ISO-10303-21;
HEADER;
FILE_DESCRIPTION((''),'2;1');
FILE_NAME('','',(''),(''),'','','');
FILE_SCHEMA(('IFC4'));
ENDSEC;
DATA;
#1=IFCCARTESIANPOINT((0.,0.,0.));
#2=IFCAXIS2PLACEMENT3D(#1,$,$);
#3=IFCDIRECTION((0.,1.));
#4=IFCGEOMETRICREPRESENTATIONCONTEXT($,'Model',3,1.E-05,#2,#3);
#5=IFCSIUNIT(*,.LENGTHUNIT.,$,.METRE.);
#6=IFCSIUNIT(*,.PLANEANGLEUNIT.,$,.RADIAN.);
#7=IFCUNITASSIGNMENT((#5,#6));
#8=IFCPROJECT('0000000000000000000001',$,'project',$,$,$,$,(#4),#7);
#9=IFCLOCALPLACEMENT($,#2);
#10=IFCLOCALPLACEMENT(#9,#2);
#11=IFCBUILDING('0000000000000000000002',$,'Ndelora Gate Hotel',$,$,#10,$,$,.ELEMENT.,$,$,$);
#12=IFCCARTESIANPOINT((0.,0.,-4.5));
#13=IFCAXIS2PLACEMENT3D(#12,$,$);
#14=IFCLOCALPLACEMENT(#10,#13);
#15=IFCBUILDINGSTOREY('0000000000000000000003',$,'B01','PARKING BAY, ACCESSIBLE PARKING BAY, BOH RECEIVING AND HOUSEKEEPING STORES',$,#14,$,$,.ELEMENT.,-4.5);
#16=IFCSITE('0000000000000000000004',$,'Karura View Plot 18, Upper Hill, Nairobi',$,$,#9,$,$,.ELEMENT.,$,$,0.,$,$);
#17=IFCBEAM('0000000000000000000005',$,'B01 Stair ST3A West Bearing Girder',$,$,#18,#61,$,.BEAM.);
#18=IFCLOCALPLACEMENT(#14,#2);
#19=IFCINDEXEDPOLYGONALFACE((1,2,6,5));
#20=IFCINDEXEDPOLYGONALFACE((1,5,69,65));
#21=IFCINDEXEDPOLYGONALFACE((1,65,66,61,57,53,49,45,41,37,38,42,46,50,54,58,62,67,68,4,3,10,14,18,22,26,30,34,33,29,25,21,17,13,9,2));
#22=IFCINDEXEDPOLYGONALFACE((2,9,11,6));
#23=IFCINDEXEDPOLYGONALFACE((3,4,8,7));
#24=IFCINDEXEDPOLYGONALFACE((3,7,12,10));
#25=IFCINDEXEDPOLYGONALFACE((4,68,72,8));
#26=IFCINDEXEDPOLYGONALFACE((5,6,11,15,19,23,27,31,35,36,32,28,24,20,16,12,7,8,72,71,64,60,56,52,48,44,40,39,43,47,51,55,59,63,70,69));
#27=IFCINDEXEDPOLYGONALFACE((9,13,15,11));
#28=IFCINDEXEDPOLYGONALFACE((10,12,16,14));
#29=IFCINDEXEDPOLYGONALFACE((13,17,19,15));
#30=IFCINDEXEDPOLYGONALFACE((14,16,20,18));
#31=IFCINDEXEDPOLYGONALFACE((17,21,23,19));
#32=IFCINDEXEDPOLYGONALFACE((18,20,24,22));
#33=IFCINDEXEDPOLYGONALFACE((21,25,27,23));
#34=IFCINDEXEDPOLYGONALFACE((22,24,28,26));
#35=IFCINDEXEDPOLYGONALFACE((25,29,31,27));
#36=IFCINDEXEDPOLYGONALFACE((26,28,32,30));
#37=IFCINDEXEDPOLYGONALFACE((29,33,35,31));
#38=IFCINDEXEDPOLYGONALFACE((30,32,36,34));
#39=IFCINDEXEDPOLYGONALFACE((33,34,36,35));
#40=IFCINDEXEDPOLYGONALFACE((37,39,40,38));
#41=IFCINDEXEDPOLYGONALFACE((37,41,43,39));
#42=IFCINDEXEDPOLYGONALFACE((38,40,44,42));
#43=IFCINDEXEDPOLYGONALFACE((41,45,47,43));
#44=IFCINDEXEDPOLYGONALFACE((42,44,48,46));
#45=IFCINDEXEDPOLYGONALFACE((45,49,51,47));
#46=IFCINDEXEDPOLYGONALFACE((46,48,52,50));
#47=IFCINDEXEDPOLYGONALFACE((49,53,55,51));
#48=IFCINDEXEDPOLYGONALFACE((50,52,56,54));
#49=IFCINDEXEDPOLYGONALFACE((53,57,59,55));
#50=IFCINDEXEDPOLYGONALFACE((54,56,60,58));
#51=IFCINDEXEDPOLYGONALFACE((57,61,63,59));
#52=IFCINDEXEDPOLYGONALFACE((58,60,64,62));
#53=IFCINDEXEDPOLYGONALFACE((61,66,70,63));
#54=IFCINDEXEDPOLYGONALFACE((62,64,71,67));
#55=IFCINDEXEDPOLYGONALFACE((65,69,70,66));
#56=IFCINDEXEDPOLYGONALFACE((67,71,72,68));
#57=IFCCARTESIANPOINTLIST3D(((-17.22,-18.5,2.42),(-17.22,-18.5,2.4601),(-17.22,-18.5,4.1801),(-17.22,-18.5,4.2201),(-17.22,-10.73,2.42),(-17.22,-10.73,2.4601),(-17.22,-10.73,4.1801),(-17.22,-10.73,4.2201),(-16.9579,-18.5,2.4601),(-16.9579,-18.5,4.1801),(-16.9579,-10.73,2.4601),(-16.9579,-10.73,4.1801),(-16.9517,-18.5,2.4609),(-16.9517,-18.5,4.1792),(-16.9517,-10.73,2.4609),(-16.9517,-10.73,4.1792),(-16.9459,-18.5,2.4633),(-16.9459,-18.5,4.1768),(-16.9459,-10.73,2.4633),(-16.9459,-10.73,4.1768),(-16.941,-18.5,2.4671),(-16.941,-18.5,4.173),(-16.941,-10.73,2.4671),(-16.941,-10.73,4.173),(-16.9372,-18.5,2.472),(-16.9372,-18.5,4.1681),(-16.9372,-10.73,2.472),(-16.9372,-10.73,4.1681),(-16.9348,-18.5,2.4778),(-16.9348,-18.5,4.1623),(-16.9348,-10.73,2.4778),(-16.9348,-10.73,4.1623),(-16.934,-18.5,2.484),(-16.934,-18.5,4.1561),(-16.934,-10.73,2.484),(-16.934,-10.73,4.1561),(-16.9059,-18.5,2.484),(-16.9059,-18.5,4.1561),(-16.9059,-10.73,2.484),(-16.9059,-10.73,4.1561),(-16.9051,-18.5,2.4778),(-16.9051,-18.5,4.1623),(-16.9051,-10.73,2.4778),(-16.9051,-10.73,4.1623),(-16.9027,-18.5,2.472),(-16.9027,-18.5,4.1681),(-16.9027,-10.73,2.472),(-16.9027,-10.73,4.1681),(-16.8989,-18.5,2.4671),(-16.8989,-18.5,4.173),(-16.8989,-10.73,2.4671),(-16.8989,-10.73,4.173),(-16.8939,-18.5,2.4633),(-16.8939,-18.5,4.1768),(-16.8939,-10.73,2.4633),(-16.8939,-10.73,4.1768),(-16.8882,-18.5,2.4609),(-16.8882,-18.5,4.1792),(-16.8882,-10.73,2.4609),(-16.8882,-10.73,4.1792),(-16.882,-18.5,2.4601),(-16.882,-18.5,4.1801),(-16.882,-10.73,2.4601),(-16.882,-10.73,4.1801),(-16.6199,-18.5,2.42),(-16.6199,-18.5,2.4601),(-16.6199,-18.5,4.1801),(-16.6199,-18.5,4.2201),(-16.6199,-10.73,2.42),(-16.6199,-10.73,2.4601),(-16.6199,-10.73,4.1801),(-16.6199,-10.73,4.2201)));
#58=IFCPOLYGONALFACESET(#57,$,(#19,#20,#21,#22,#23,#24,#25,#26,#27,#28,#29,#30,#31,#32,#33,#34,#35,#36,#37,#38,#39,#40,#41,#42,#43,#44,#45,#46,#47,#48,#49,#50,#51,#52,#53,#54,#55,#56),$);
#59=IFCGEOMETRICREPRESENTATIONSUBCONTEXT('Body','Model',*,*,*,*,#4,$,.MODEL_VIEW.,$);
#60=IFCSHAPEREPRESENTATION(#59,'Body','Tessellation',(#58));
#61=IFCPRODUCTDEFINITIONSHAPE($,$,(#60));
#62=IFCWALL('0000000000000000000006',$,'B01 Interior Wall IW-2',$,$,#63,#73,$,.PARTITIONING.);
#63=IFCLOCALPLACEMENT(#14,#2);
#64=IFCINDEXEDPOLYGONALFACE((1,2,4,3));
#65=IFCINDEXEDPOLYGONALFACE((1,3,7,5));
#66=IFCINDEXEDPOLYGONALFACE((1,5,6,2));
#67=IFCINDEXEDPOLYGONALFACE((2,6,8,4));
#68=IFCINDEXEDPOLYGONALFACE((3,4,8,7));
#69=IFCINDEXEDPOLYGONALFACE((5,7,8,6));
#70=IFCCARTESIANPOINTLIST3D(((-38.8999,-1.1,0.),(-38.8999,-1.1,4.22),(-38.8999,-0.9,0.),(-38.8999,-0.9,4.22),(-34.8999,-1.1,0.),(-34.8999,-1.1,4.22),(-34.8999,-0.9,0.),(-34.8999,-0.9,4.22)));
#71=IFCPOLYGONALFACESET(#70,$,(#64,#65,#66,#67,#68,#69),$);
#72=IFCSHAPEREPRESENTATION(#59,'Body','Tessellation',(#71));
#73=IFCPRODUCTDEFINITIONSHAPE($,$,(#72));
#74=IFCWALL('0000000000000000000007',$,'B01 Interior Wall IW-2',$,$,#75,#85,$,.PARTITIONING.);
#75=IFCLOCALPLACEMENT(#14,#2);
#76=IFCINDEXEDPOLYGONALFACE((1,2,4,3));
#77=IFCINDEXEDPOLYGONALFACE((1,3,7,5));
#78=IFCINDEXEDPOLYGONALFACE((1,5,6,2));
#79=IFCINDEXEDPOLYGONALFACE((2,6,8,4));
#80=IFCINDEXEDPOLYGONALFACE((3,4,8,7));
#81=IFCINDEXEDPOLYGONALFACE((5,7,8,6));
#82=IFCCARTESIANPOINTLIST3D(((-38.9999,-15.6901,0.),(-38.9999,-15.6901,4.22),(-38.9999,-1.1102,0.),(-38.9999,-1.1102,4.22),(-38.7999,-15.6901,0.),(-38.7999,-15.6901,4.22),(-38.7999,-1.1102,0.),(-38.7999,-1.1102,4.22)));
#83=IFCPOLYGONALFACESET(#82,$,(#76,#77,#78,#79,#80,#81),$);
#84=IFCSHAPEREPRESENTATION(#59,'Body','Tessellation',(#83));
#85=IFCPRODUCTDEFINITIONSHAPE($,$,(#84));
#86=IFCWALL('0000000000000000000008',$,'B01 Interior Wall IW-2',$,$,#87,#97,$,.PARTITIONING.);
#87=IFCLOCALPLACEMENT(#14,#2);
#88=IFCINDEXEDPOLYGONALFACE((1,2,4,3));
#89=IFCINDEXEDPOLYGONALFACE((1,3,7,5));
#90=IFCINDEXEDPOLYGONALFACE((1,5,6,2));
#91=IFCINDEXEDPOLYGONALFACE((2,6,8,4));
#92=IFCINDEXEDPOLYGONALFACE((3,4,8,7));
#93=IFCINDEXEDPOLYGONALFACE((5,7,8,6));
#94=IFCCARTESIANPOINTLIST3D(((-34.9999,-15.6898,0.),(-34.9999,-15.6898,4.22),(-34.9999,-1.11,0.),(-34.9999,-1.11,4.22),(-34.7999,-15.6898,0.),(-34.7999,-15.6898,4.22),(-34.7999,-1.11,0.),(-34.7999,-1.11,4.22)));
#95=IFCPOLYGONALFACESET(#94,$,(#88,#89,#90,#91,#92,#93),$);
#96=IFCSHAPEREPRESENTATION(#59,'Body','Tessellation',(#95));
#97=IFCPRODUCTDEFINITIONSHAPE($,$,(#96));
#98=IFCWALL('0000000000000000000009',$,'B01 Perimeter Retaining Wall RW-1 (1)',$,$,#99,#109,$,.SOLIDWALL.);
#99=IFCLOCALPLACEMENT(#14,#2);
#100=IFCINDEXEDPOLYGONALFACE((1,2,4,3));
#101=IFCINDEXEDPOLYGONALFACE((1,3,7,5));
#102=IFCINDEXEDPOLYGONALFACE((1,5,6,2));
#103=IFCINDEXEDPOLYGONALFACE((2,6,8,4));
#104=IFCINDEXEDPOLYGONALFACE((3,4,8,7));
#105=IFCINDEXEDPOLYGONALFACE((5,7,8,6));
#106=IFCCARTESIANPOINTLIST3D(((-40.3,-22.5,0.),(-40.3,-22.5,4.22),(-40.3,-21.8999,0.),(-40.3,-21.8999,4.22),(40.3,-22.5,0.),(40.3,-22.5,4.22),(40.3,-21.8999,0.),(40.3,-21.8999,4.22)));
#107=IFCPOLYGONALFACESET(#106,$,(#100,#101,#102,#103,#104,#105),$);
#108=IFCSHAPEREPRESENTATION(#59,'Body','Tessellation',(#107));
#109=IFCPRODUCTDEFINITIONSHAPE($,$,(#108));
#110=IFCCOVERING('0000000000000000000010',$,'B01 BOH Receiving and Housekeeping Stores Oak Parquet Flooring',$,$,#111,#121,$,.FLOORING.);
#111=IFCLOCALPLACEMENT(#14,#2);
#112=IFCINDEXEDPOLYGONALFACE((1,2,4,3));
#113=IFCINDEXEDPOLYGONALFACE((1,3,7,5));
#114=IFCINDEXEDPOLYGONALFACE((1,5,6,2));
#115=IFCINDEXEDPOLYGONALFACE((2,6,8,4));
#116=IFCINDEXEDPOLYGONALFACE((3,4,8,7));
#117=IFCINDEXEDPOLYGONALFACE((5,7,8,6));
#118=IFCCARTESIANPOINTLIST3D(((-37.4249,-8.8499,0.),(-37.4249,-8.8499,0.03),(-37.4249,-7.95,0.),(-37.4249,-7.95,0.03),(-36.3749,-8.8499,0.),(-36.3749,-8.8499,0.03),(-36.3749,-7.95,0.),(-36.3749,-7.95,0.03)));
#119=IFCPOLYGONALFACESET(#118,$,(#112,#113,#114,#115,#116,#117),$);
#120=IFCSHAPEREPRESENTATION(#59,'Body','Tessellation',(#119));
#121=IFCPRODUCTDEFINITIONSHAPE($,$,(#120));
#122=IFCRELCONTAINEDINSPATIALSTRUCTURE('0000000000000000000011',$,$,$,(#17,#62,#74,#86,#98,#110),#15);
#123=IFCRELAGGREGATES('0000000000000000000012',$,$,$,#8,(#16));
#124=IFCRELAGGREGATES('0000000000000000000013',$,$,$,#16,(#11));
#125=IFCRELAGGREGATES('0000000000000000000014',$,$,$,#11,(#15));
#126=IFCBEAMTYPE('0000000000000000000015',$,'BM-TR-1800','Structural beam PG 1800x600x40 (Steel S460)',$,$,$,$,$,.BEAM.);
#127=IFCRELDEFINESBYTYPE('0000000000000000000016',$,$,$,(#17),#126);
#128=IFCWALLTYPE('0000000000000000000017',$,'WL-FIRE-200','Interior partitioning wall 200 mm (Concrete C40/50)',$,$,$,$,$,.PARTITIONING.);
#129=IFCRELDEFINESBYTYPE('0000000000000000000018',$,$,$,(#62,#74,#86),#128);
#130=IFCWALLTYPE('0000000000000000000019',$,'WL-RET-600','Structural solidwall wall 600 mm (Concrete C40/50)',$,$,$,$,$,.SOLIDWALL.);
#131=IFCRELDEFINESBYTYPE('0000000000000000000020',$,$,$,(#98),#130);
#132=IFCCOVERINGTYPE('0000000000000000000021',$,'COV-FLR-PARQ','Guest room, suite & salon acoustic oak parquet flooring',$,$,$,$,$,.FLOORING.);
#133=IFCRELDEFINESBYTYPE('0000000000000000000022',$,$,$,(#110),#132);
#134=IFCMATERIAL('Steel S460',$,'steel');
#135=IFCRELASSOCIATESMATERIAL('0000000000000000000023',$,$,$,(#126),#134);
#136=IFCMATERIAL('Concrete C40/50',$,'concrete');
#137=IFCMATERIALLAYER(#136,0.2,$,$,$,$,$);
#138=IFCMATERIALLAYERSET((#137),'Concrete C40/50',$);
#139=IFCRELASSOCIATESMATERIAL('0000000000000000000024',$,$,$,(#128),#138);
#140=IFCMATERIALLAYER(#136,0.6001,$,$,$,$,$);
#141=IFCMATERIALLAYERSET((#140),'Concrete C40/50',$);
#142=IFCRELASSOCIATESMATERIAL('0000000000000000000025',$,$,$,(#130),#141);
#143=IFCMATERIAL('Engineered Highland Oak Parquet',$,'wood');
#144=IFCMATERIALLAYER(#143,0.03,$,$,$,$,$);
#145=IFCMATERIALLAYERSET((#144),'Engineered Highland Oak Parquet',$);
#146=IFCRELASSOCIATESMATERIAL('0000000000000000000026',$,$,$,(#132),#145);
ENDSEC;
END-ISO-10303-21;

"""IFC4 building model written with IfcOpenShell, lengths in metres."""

from ifc_helpers import new_model, si_unit, direction, frame, frame_2d, origin, origin_2d, place, context, subcontext, project, spatial, rectangle, i_section, extrude, material, layer, layer_set, material_profile, profile_set, type_object, element, save


model = new_model("IFC4")

# Units and contexts
model_context = context("Model", 3, precision=1e-05, world=origin(), true_north=direction((0.0, 1.0)))
body_context = subcontext(model_context, "Body", "Model", "MODEL_VIEW")
ifc_project = project(units=[si_unit("LENGTHUNIT", "METRE"), si_unit("PLANEANGLEUNIT", "RADIAN")], contexts=[model_context])

# Site, building, storey
site_placement = place(None, origin())
site = spatial("IfcSite", under=ifc_project, at=site_placement, Name="Karura View Plot 18, Upper Hill, Nairobi", CompositionType="ELEMENT", RefElevation=0.0)
building_placement = place(site_placement, origin())
building = spatial("IfcBuilding", under=site, at=building_placement, Name="Ndelora Gate Hotel", CompositionType="ELEMENT")
storey_placement = place(building_placement, frame((0.0, 0.0, -4.5)))
storey = spatial("IfcBuildingStorey", under=building, at=storey_placement, Name="B01", Description="PARKING BAY, ACCESSIBLE PARKING BAY, BOH RECEIVING AND HOUSEKEEPING STORES", CompositionType="ELEMENT", Elevation=-4.5)

# Beam
ifc_material_1 = material(Name="Steel S460", Category="steel")
ifc_material_profile_1 = material_profile(ifc_material_1, i_section(OverallWidth=0.6001, OverallDepth=1.8, WebThickness=0.0281, FlangeThickness=0.04, FilletRadius=0.0239, at=origin_2d()), Name="PG 1800x600x40")
ifc_profile_set_1 = profile_set([ifc_material_profile_1], Name="Steel S460")
beam_type_1 = type_object("IfcBeamType", Name="BM-TR-1800", Description="Structural beam PG 1800x600x40 (Steel S460)", PredefinedType="BEAM", material=ifc_profile_set_1)
beam_1_placement = place(storey_placement, frame((-16.9199, -18.5, 3.3201), z_axis=(0.0, 1.0, 0.0), x_axis=(-1.0, 0.0, 0.0)))
element("IfcBeam", 1, at=beam_1_placement, inside=storey, type_object=beam_type_1, Name="B01 Stair ST3A West Bearing Girder", PredefinedType="BEAM", context=body_context, shape_type="SweptSolid", body=[
    extrude(i_section(OverallWidth=0.6001, OverallDepth=1.8, WebThickness=0.0281, FlangeThickness=0.04, FilletRadius=0.0239, at=origin_2d()), origin(), (0.0, 0.0, 1.0), 7.77),
])

# Wall
ifc_material_2 = material(Name="Concrete C40/50", Category="concrete")
ifc_layer_1 = layer(ifc_material_2, 0.2)
ifc_layer_set_1 = layer_set([ifc_layer_1], Name="Concrete C40/50")
wall_type_1 = type_object("IfcWallType", Name="WL-FIRE-200", Description="Interior partitioning wall 200 mm (Concrete C40/50)", PredefinedType="PARTITIONING", material=ifc_layer_set_1)
wall_1_placement = place(storey_placement, frame((-38.8999, -1.0, 0.0), z_axis=(0.0, 0.0, 1.0), x_axis=(1.0, 0.0, 0.0)))
element("IfcWall", 2, at=wall_1_placement, inside=storey, type_object=wall_type_1, Name="B01 Interior Wall IW-2", PredefinedType="PARTITIONING", context=body_context, shape_type="SweptSolid", body=[
    extrude(rectangle(XDim=4.0, YDim=0.2, at=frame_2d((2.0, 0.0))), origin(), (0.0, 0.0, 1.0), 4.22),
])

# Walls
for number, where, z_axis, x_axis, name in (
    (3, (-38.8999, -1.1101, 0.0), (0.0, 0.0, 1.0), (0.0, -1.0, 0.0), "B01 Interior Wall IW-2"),
    (4, (-34.8999, -15.6899, 0.0), (0.0, 0.0, 1.0), (0.0, 1.0, 0.0), "B01 Interior Wall IW-2"),
):
    element("IfcWall", number, at=place(storey_placement, frame(where, z_axis=z_axis, x_axis=x_axis)), inside=storey, type_object=wall_type_1, Name=name, PredefinedType="PARTITIONING", context=body_context, shape_type="SweptSolid", body=[
        extrude(rectangle(XDim=14.5798, YDim=0.2, at=frame_2d((7.29, 0.0))), origin(), (0.0, 0.0, 1.0), 4.22),
    ])
ifc_layer_2 = layer(ifc_material_2, 0.6001)
ifc_layer_set_2 = layer_set([ifc_layer_2], Name="Concrete C40/50")
wall_type_2 = type_object("IfcWallType", Name="WL-RET-600", Description="Structural solidwall wall 600 mm (Concrete C40/50)", PredefinedType="SOLIDWALL", material=ifc_layer_set_2)
wall_2_placement = place(storey_placement, frame((-40.3, -22.2, 0.0), z_axis=(0.0, 0.0, 1.0), x_axis=(1.0, 0.0, 0.0)))
element("IfcWall", 5, at=wall_2_placement, inside=storey, type_object=wall_type_2, Name="B01 Perimeter Retaining Wall RW-1 (1)", PredefinedType="SOLIDWALL", context=body_context, shape_type="SweptSolid", body=[
    extrude(rectangle(XDim=80.6001, YDim=0.6001, at=frame_2d((40.3, 0.0))), origin(), (0.0, 0.0, 1.0), 4.22),
])

# Covering
ifc_material_3 = material(Name="Engineered Highland Oak Parquet", Category="wood")
ifc_layer_3 = layer(ifc_material_3, 0.03)
ifc_layer_set_3 = layer_set([ifc_layer_3], Name="Engineered Highland Oak Parquet")
covering_type = type_object("IfcCoveringType", Name="COV-FLR-PARQ", Description="Guest room, suite & salon acoustic oak parquet flooring", PredefinedType="FLOORING", material=ifc_layer_set_3)
covering_placement = place(storey_placement, frame((-36.8999, -8.3999, 0.0), z_axis=(0.0, 0.0, 1.0), x_axis=(1.0, 0.0, 0.0)))
element("IfcCovering", 6, at=covering_placement, inside=storey, type_object=covering_type, Name="B01 BOH Receiving and Housekeeping Stores Oak Parquet Flooring", PredefinedType="FLOORING", context=body_context, shape_type="SweptSolid", body=[
    extrude(rectangle(XDim=1.05, YDim=0.8999, at=origin_2d()), origin(), (0.0, 0.0, 1.0), 0.03),
])

save(model, "model.ifc")
